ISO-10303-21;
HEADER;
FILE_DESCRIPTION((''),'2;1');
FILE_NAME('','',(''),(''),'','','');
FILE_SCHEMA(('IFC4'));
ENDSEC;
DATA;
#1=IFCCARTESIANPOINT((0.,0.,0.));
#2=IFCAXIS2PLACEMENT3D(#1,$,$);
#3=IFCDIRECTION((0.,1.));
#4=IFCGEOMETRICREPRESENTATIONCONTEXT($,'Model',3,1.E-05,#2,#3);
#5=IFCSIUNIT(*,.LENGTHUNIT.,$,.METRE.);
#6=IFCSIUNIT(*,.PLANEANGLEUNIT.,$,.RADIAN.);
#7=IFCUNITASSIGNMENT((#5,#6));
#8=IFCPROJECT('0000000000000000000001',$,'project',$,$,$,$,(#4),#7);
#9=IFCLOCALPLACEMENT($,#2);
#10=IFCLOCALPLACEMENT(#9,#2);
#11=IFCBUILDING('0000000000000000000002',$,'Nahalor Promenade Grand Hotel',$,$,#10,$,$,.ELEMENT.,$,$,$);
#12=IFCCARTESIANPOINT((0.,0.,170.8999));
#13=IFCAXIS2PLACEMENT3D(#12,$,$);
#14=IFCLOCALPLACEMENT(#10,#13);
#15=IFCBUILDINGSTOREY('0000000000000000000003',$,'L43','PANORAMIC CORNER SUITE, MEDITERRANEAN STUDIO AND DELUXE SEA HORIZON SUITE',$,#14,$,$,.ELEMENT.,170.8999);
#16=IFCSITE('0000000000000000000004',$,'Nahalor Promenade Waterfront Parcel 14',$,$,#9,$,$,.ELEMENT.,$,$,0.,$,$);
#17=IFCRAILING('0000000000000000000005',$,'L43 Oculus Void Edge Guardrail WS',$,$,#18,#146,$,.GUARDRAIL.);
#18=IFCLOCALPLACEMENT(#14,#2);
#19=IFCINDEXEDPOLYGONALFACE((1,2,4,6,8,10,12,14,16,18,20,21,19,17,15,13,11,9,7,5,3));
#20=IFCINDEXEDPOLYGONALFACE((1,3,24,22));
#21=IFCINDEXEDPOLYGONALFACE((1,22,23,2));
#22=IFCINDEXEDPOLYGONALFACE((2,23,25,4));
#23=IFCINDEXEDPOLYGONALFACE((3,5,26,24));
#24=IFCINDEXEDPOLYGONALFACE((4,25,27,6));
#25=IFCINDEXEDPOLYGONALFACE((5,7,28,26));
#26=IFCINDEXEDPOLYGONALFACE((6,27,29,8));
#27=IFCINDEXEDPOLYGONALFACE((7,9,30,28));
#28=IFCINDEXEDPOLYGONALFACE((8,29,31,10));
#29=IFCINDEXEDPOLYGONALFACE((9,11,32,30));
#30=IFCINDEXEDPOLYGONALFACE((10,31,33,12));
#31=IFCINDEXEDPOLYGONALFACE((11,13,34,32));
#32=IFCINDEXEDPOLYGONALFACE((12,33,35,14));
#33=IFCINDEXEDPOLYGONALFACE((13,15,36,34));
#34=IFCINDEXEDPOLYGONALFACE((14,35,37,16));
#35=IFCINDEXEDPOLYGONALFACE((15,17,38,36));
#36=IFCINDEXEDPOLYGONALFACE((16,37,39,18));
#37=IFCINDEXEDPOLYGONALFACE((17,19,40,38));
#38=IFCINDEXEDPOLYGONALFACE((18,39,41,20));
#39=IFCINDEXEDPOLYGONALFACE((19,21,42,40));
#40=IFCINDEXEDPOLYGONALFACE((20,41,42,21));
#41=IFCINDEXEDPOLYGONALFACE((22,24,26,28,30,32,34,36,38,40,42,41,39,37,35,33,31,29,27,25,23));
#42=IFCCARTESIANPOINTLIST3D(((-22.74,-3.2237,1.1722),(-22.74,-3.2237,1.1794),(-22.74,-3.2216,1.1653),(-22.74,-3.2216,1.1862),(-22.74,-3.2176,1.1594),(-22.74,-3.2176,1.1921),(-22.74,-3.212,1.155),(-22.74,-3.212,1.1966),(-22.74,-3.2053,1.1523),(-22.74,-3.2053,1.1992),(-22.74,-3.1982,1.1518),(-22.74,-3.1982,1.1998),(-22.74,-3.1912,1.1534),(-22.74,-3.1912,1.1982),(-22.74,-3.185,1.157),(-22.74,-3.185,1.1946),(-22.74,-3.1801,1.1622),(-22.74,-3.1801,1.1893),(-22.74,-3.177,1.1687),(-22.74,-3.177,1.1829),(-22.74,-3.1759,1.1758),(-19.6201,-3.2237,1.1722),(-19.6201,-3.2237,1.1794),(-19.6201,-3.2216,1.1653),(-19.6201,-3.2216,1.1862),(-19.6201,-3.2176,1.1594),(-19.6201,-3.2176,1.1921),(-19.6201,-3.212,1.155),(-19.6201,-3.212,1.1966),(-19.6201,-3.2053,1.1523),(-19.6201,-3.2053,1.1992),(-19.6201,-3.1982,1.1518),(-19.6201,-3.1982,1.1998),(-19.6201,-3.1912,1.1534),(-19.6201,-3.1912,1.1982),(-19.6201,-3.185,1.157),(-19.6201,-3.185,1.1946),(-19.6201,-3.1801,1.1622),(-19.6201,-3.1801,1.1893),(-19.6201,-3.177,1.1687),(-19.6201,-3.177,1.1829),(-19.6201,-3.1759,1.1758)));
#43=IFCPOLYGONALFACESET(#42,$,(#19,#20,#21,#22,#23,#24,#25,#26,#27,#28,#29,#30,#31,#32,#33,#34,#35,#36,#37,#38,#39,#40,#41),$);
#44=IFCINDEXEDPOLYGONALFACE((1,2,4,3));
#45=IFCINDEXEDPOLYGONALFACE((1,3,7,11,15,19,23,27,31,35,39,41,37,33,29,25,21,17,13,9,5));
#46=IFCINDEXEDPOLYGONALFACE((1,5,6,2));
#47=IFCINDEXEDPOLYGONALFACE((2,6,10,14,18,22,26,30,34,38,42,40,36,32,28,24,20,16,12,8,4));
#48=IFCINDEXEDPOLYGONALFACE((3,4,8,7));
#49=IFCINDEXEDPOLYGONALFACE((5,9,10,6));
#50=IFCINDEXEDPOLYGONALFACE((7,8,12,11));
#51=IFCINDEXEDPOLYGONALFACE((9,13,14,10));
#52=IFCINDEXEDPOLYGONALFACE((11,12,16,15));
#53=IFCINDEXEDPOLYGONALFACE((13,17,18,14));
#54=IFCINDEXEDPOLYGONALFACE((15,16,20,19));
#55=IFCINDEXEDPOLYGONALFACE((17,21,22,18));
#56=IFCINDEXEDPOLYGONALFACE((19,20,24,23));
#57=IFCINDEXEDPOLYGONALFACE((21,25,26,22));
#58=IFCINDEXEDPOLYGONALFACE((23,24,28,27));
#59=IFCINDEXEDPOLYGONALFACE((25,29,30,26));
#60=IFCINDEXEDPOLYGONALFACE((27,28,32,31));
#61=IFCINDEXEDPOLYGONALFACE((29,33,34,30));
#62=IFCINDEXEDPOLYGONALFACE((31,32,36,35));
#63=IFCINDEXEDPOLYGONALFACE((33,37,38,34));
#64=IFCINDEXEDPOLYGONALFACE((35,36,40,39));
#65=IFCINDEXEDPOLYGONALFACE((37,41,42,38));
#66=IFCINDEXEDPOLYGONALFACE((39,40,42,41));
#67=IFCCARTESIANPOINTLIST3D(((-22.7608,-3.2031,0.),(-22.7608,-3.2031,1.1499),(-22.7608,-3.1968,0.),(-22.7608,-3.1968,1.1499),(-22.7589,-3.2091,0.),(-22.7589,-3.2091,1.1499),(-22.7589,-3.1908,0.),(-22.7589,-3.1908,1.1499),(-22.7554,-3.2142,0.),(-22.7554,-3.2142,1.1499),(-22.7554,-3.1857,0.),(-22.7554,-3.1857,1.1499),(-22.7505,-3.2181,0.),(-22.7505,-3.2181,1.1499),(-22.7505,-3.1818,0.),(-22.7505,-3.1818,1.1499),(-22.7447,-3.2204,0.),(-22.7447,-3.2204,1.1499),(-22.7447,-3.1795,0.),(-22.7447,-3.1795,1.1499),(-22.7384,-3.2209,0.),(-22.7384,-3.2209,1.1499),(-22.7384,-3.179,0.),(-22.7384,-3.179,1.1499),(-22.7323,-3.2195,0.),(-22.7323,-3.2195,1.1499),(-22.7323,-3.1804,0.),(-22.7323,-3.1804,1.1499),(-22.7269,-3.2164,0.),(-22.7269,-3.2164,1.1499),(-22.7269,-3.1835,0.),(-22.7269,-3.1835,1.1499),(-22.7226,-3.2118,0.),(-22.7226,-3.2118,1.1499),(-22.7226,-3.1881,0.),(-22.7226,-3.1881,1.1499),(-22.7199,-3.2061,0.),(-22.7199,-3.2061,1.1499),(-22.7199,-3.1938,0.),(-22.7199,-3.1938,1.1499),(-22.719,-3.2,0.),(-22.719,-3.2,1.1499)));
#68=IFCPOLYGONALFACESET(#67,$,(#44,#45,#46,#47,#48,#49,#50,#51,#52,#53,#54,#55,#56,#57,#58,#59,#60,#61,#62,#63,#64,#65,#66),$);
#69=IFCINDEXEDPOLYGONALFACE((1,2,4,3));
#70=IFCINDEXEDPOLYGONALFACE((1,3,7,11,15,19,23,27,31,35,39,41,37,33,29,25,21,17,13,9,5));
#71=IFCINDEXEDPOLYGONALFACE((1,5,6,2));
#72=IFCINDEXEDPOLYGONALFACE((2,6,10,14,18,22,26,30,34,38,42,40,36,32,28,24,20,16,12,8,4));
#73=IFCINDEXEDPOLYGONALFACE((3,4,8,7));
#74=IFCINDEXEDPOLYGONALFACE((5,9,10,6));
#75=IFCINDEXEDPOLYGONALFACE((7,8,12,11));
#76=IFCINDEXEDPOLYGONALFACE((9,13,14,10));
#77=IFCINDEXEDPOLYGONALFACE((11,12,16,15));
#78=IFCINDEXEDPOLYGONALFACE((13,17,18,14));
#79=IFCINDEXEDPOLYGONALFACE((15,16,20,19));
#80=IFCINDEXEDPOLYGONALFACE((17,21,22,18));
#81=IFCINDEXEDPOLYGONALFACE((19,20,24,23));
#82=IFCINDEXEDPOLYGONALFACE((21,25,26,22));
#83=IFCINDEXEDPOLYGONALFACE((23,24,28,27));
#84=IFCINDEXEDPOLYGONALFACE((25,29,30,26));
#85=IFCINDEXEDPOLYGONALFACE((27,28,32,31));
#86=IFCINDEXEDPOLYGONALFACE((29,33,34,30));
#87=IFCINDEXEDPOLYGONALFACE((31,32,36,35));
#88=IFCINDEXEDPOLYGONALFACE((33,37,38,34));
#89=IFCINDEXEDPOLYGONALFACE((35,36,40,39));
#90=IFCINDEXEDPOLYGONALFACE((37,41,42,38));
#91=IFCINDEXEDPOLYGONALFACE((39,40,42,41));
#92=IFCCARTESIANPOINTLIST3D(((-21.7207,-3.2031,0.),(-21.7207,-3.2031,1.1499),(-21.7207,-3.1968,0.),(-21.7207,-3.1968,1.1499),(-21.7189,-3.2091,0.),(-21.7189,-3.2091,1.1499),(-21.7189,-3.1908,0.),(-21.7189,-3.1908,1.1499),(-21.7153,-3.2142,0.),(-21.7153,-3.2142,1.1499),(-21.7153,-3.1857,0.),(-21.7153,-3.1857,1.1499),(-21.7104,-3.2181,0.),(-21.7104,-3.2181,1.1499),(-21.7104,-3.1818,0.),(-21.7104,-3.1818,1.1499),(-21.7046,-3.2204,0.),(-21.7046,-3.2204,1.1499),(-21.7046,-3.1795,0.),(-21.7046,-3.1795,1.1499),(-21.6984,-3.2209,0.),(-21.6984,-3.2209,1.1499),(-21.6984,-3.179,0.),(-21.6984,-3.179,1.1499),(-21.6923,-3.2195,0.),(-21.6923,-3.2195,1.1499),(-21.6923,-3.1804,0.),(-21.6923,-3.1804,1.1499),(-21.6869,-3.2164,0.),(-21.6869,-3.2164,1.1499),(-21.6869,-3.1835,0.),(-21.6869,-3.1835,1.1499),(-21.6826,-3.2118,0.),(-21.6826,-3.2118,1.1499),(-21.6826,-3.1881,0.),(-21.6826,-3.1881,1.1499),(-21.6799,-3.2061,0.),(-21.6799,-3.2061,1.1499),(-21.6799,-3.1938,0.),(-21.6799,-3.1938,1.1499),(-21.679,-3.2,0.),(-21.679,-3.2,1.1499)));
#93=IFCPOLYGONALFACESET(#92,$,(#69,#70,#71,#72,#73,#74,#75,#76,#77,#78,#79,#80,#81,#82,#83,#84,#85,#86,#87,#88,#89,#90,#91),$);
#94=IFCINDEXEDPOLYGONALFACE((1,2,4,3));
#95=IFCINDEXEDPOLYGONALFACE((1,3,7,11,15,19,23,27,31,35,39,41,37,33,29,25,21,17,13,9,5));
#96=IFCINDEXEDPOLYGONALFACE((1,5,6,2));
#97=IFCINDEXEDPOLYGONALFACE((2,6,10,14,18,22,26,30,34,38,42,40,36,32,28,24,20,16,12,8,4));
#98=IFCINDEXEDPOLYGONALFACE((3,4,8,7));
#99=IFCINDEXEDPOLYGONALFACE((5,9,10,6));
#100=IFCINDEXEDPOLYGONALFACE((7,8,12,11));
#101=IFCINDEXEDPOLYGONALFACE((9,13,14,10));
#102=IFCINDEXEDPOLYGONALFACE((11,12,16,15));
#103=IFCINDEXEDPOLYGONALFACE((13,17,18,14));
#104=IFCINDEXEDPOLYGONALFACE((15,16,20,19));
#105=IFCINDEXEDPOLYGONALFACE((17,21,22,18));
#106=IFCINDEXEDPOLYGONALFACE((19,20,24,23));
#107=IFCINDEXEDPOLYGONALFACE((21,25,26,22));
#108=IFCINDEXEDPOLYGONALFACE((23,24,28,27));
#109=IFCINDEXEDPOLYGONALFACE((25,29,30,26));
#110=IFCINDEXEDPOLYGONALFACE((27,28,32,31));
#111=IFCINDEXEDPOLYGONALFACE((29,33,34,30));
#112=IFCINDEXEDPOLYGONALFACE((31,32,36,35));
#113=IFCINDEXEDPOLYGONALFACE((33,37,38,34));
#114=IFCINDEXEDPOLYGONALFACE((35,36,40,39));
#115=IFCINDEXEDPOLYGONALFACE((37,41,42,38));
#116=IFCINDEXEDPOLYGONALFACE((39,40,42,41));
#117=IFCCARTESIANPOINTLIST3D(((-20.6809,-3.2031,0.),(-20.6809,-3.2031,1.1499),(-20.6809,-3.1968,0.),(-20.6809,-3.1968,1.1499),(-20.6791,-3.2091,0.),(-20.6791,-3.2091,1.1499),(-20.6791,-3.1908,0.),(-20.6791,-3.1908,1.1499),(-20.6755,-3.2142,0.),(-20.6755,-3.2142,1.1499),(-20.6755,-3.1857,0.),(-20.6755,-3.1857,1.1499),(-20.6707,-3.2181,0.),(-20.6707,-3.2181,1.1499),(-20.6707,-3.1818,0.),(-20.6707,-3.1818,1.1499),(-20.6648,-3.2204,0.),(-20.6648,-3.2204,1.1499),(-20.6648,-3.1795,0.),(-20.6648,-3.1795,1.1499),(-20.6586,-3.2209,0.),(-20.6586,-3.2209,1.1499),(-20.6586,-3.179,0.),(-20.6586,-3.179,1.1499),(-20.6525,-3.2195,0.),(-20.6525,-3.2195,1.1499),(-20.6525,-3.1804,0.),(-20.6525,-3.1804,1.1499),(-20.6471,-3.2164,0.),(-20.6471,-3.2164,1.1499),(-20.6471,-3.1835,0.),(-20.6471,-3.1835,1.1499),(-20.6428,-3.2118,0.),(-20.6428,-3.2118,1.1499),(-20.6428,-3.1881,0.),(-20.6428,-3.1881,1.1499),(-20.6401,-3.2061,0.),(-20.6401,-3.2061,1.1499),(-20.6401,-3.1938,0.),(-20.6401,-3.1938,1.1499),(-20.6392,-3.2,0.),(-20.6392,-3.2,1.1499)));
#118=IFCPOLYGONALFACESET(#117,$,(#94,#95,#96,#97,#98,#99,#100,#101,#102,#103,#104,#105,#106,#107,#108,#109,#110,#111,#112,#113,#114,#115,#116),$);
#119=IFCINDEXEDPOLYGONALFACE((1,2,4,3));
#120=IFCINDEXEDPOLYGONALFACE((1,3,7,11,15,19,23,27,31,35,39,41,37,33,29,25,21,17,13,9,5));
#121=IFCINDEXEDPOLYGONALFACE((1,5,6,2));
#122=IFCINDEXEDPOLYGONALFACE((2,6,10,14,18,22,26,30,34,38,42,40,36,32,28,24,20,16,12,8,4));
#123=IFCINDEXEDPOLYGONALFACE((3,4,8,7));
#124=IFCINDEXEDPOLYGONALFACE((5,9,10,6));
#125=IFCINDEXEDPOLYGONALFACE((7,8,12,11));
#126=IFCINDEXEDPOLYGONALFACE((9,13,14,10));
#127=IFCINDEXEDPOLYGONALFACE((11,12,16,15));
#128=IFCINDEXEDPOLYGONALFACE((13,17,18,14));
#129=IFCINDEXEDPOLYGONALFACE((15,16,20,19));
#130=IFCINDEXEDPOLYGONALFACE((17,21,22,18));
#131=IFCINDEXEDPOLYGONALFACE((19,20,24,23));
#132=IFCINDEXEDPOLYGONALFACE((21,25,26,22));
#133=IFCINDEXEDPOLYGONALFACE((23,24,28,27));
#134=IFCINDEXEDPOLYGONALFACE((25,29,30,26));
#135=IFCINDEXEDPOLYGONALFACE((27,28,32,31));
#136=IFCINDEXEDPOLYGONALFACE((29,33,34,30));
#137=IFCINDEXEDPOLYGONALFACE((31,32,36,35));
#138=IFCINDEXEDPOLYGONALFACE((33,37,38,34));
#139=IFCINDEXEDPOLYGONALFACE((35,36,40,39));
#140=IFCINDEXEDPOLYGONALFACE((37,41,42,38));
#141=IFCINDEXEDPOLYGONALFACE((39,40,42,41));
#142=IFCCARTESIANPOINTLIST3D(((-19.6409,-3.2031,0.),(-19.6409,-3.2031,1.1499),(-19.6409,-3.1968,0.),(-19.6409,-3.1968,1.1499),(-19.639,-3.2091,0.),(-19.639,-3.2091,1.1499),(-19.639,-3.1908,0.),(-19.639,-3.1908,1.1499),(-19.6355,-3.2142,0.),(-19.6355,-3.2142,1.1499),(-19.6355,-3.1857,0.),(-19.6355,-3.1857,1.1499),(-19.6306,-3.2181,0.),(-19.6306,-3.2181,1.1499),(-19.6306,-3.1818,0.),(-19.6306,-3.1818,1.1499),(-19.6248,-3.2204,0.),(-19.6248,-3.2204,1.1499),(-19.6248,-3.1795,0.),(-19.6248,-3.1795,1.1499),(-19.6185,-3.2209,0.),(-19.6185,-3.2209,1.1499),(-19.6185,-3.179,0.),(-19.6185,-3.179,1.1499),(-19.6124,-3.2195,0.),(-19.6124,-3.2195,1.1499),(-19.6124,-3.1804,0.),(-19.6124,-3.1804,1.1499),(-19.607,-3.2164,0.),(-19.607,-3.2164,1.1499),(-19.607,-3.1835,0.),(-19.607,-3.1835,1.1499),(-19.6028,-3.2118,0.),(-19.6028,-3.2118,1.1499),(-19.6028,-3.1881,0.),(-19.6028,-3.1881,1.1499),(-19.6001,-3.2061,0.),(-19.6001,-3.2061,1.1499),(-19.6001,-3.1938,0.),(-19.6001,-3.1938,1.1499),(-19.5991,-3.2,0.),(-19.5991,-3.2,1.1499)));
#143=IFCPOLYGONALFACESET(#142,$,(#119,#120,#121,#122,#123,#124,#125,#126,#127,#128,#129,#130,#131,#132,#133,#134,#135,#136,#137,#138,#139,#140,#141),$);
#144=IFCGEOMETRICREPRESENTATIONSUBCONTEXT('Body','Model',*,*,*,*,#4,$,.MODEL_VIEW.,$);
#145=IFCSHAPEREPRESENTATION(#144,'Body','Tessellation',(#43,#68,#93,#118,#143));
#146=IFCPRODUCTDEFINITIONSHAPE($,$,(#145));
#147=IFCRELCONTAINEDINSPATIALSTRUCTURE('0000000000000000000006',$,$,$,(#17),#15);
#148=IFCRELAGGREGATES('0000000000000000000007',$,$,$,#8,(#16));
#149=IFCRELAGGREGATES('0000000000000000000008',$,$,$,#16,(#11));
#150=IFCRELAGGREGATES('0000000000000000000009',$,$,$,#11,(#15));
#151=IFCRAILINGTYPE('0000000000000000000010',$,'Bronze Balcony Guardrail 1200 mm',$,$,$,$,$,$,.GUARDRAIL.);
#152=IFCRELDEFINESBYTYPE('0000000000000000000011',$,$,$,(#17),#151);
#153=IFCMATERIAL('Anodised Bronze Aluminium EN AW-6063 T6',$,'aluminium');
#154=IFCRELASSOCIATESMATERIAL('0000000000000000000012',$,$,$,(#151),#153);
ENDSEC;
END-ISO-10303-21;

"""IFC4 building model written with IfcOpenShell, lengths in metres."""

from ifc_helpers import new_model, si_unit, direction, frame, origin, origin_2d, place, context, subcontext, project, spatial, circle, extrude, material, type_object, element, save


model = new_model("IFC4")

# Units and contexts
model_context = context("Model", 3, precision=1e-05, world=origin(), true_north=direction((0.0, 1.0)))
body_context = subcontext(model_context, "Body", "Model", "MODEL_VIEW")
ifc_project = project(units=[si_unit("LENGTHUNIT", "METRE"), si_unit("PLANEANGLEUNIT", "RADIAN")], contexts=[model_context])

# Site, building, storey
site_placement = place(None, origin())
site = spatial("IfcSite", under=ifc_project, at=site_placement, Name="Nahalor Promenade Waterfront Parcel 14", CompositionType="ELEMENT", RefElevation=0.0)
building_placement = place(site_placement, origin())
building = spatial("IfcBuilding", under=site, at=building_placement, Name="Nahalor Promenade Grand Hotel", CompositionType="ELEMENT")
storey_placement = place(building_placement, frame((0.0, 0.0, 170.8999)))
storey = spatial("IfcBuildingStorey", under=building, at=storey_placement, Name="L43", Description="PANORAMIC CORNER SUITE, MEDITERRANEAN STUDIO AND DELUXE SEA HORIZON SUITE", CompositionType="ELEMENT", Elevation=170.8999)

# Shared definitions
ifc_material_1 = material(Name="Anodised Bronze Aluminium EN AW-6063 T6", Category="aluminium")

# Railing
railing_type = type_object("IfcRailingType", Name="Bronze Balcony Guardrail 1200 mm", PredefinedType="GUARDRAIL", material=ifc_material_1)
for number, where, name in (
    (1, (-22.74, -3.2, 0.0), "L43 Oculus Void Edge Guardrail WS"),
):
    element("IfcRailing", number, at=place(storey_placement, frame(where)), inside=storey, type_object=railing_type, Name=name, PredefinedType="GUARDRAIL", context=body_context, shape_type="SweptSolid", body=[
        extrude(circle(Radius=0.024, at=origin_2d()), frame((0.0, 0.0, 1.1758), z_axis=(1.0, 0.0, 0.0), x_axis=(0.0, 1.0, 0.0)), (0.0, 0.0, 1.0), 3.1199),
        extrude(circle(Radius=0.021, at=origin_2d()), origin(), (0.0, 0.0, 1.0), 1.1499),
        extrude(circle(Radius=0.021, at=origin_2d()), frame((1.04, 0.0, 0.0)), (0.0, 0.0, 1.0), 1.1499),
        extrude(circle(Radius=0.021, at=origin_2d()), frame((2.0798, 0.0, 0.0)), (0.0, 0.0, 1.0), 1.1499),
        extrude(circle(Radius=0.021, at=origin_2d()), frame((3.1199, 0.0, 0.0)), (0.0, 0.0, 1.0), 1.1499),
    ])

save(model, "model.ifc")
